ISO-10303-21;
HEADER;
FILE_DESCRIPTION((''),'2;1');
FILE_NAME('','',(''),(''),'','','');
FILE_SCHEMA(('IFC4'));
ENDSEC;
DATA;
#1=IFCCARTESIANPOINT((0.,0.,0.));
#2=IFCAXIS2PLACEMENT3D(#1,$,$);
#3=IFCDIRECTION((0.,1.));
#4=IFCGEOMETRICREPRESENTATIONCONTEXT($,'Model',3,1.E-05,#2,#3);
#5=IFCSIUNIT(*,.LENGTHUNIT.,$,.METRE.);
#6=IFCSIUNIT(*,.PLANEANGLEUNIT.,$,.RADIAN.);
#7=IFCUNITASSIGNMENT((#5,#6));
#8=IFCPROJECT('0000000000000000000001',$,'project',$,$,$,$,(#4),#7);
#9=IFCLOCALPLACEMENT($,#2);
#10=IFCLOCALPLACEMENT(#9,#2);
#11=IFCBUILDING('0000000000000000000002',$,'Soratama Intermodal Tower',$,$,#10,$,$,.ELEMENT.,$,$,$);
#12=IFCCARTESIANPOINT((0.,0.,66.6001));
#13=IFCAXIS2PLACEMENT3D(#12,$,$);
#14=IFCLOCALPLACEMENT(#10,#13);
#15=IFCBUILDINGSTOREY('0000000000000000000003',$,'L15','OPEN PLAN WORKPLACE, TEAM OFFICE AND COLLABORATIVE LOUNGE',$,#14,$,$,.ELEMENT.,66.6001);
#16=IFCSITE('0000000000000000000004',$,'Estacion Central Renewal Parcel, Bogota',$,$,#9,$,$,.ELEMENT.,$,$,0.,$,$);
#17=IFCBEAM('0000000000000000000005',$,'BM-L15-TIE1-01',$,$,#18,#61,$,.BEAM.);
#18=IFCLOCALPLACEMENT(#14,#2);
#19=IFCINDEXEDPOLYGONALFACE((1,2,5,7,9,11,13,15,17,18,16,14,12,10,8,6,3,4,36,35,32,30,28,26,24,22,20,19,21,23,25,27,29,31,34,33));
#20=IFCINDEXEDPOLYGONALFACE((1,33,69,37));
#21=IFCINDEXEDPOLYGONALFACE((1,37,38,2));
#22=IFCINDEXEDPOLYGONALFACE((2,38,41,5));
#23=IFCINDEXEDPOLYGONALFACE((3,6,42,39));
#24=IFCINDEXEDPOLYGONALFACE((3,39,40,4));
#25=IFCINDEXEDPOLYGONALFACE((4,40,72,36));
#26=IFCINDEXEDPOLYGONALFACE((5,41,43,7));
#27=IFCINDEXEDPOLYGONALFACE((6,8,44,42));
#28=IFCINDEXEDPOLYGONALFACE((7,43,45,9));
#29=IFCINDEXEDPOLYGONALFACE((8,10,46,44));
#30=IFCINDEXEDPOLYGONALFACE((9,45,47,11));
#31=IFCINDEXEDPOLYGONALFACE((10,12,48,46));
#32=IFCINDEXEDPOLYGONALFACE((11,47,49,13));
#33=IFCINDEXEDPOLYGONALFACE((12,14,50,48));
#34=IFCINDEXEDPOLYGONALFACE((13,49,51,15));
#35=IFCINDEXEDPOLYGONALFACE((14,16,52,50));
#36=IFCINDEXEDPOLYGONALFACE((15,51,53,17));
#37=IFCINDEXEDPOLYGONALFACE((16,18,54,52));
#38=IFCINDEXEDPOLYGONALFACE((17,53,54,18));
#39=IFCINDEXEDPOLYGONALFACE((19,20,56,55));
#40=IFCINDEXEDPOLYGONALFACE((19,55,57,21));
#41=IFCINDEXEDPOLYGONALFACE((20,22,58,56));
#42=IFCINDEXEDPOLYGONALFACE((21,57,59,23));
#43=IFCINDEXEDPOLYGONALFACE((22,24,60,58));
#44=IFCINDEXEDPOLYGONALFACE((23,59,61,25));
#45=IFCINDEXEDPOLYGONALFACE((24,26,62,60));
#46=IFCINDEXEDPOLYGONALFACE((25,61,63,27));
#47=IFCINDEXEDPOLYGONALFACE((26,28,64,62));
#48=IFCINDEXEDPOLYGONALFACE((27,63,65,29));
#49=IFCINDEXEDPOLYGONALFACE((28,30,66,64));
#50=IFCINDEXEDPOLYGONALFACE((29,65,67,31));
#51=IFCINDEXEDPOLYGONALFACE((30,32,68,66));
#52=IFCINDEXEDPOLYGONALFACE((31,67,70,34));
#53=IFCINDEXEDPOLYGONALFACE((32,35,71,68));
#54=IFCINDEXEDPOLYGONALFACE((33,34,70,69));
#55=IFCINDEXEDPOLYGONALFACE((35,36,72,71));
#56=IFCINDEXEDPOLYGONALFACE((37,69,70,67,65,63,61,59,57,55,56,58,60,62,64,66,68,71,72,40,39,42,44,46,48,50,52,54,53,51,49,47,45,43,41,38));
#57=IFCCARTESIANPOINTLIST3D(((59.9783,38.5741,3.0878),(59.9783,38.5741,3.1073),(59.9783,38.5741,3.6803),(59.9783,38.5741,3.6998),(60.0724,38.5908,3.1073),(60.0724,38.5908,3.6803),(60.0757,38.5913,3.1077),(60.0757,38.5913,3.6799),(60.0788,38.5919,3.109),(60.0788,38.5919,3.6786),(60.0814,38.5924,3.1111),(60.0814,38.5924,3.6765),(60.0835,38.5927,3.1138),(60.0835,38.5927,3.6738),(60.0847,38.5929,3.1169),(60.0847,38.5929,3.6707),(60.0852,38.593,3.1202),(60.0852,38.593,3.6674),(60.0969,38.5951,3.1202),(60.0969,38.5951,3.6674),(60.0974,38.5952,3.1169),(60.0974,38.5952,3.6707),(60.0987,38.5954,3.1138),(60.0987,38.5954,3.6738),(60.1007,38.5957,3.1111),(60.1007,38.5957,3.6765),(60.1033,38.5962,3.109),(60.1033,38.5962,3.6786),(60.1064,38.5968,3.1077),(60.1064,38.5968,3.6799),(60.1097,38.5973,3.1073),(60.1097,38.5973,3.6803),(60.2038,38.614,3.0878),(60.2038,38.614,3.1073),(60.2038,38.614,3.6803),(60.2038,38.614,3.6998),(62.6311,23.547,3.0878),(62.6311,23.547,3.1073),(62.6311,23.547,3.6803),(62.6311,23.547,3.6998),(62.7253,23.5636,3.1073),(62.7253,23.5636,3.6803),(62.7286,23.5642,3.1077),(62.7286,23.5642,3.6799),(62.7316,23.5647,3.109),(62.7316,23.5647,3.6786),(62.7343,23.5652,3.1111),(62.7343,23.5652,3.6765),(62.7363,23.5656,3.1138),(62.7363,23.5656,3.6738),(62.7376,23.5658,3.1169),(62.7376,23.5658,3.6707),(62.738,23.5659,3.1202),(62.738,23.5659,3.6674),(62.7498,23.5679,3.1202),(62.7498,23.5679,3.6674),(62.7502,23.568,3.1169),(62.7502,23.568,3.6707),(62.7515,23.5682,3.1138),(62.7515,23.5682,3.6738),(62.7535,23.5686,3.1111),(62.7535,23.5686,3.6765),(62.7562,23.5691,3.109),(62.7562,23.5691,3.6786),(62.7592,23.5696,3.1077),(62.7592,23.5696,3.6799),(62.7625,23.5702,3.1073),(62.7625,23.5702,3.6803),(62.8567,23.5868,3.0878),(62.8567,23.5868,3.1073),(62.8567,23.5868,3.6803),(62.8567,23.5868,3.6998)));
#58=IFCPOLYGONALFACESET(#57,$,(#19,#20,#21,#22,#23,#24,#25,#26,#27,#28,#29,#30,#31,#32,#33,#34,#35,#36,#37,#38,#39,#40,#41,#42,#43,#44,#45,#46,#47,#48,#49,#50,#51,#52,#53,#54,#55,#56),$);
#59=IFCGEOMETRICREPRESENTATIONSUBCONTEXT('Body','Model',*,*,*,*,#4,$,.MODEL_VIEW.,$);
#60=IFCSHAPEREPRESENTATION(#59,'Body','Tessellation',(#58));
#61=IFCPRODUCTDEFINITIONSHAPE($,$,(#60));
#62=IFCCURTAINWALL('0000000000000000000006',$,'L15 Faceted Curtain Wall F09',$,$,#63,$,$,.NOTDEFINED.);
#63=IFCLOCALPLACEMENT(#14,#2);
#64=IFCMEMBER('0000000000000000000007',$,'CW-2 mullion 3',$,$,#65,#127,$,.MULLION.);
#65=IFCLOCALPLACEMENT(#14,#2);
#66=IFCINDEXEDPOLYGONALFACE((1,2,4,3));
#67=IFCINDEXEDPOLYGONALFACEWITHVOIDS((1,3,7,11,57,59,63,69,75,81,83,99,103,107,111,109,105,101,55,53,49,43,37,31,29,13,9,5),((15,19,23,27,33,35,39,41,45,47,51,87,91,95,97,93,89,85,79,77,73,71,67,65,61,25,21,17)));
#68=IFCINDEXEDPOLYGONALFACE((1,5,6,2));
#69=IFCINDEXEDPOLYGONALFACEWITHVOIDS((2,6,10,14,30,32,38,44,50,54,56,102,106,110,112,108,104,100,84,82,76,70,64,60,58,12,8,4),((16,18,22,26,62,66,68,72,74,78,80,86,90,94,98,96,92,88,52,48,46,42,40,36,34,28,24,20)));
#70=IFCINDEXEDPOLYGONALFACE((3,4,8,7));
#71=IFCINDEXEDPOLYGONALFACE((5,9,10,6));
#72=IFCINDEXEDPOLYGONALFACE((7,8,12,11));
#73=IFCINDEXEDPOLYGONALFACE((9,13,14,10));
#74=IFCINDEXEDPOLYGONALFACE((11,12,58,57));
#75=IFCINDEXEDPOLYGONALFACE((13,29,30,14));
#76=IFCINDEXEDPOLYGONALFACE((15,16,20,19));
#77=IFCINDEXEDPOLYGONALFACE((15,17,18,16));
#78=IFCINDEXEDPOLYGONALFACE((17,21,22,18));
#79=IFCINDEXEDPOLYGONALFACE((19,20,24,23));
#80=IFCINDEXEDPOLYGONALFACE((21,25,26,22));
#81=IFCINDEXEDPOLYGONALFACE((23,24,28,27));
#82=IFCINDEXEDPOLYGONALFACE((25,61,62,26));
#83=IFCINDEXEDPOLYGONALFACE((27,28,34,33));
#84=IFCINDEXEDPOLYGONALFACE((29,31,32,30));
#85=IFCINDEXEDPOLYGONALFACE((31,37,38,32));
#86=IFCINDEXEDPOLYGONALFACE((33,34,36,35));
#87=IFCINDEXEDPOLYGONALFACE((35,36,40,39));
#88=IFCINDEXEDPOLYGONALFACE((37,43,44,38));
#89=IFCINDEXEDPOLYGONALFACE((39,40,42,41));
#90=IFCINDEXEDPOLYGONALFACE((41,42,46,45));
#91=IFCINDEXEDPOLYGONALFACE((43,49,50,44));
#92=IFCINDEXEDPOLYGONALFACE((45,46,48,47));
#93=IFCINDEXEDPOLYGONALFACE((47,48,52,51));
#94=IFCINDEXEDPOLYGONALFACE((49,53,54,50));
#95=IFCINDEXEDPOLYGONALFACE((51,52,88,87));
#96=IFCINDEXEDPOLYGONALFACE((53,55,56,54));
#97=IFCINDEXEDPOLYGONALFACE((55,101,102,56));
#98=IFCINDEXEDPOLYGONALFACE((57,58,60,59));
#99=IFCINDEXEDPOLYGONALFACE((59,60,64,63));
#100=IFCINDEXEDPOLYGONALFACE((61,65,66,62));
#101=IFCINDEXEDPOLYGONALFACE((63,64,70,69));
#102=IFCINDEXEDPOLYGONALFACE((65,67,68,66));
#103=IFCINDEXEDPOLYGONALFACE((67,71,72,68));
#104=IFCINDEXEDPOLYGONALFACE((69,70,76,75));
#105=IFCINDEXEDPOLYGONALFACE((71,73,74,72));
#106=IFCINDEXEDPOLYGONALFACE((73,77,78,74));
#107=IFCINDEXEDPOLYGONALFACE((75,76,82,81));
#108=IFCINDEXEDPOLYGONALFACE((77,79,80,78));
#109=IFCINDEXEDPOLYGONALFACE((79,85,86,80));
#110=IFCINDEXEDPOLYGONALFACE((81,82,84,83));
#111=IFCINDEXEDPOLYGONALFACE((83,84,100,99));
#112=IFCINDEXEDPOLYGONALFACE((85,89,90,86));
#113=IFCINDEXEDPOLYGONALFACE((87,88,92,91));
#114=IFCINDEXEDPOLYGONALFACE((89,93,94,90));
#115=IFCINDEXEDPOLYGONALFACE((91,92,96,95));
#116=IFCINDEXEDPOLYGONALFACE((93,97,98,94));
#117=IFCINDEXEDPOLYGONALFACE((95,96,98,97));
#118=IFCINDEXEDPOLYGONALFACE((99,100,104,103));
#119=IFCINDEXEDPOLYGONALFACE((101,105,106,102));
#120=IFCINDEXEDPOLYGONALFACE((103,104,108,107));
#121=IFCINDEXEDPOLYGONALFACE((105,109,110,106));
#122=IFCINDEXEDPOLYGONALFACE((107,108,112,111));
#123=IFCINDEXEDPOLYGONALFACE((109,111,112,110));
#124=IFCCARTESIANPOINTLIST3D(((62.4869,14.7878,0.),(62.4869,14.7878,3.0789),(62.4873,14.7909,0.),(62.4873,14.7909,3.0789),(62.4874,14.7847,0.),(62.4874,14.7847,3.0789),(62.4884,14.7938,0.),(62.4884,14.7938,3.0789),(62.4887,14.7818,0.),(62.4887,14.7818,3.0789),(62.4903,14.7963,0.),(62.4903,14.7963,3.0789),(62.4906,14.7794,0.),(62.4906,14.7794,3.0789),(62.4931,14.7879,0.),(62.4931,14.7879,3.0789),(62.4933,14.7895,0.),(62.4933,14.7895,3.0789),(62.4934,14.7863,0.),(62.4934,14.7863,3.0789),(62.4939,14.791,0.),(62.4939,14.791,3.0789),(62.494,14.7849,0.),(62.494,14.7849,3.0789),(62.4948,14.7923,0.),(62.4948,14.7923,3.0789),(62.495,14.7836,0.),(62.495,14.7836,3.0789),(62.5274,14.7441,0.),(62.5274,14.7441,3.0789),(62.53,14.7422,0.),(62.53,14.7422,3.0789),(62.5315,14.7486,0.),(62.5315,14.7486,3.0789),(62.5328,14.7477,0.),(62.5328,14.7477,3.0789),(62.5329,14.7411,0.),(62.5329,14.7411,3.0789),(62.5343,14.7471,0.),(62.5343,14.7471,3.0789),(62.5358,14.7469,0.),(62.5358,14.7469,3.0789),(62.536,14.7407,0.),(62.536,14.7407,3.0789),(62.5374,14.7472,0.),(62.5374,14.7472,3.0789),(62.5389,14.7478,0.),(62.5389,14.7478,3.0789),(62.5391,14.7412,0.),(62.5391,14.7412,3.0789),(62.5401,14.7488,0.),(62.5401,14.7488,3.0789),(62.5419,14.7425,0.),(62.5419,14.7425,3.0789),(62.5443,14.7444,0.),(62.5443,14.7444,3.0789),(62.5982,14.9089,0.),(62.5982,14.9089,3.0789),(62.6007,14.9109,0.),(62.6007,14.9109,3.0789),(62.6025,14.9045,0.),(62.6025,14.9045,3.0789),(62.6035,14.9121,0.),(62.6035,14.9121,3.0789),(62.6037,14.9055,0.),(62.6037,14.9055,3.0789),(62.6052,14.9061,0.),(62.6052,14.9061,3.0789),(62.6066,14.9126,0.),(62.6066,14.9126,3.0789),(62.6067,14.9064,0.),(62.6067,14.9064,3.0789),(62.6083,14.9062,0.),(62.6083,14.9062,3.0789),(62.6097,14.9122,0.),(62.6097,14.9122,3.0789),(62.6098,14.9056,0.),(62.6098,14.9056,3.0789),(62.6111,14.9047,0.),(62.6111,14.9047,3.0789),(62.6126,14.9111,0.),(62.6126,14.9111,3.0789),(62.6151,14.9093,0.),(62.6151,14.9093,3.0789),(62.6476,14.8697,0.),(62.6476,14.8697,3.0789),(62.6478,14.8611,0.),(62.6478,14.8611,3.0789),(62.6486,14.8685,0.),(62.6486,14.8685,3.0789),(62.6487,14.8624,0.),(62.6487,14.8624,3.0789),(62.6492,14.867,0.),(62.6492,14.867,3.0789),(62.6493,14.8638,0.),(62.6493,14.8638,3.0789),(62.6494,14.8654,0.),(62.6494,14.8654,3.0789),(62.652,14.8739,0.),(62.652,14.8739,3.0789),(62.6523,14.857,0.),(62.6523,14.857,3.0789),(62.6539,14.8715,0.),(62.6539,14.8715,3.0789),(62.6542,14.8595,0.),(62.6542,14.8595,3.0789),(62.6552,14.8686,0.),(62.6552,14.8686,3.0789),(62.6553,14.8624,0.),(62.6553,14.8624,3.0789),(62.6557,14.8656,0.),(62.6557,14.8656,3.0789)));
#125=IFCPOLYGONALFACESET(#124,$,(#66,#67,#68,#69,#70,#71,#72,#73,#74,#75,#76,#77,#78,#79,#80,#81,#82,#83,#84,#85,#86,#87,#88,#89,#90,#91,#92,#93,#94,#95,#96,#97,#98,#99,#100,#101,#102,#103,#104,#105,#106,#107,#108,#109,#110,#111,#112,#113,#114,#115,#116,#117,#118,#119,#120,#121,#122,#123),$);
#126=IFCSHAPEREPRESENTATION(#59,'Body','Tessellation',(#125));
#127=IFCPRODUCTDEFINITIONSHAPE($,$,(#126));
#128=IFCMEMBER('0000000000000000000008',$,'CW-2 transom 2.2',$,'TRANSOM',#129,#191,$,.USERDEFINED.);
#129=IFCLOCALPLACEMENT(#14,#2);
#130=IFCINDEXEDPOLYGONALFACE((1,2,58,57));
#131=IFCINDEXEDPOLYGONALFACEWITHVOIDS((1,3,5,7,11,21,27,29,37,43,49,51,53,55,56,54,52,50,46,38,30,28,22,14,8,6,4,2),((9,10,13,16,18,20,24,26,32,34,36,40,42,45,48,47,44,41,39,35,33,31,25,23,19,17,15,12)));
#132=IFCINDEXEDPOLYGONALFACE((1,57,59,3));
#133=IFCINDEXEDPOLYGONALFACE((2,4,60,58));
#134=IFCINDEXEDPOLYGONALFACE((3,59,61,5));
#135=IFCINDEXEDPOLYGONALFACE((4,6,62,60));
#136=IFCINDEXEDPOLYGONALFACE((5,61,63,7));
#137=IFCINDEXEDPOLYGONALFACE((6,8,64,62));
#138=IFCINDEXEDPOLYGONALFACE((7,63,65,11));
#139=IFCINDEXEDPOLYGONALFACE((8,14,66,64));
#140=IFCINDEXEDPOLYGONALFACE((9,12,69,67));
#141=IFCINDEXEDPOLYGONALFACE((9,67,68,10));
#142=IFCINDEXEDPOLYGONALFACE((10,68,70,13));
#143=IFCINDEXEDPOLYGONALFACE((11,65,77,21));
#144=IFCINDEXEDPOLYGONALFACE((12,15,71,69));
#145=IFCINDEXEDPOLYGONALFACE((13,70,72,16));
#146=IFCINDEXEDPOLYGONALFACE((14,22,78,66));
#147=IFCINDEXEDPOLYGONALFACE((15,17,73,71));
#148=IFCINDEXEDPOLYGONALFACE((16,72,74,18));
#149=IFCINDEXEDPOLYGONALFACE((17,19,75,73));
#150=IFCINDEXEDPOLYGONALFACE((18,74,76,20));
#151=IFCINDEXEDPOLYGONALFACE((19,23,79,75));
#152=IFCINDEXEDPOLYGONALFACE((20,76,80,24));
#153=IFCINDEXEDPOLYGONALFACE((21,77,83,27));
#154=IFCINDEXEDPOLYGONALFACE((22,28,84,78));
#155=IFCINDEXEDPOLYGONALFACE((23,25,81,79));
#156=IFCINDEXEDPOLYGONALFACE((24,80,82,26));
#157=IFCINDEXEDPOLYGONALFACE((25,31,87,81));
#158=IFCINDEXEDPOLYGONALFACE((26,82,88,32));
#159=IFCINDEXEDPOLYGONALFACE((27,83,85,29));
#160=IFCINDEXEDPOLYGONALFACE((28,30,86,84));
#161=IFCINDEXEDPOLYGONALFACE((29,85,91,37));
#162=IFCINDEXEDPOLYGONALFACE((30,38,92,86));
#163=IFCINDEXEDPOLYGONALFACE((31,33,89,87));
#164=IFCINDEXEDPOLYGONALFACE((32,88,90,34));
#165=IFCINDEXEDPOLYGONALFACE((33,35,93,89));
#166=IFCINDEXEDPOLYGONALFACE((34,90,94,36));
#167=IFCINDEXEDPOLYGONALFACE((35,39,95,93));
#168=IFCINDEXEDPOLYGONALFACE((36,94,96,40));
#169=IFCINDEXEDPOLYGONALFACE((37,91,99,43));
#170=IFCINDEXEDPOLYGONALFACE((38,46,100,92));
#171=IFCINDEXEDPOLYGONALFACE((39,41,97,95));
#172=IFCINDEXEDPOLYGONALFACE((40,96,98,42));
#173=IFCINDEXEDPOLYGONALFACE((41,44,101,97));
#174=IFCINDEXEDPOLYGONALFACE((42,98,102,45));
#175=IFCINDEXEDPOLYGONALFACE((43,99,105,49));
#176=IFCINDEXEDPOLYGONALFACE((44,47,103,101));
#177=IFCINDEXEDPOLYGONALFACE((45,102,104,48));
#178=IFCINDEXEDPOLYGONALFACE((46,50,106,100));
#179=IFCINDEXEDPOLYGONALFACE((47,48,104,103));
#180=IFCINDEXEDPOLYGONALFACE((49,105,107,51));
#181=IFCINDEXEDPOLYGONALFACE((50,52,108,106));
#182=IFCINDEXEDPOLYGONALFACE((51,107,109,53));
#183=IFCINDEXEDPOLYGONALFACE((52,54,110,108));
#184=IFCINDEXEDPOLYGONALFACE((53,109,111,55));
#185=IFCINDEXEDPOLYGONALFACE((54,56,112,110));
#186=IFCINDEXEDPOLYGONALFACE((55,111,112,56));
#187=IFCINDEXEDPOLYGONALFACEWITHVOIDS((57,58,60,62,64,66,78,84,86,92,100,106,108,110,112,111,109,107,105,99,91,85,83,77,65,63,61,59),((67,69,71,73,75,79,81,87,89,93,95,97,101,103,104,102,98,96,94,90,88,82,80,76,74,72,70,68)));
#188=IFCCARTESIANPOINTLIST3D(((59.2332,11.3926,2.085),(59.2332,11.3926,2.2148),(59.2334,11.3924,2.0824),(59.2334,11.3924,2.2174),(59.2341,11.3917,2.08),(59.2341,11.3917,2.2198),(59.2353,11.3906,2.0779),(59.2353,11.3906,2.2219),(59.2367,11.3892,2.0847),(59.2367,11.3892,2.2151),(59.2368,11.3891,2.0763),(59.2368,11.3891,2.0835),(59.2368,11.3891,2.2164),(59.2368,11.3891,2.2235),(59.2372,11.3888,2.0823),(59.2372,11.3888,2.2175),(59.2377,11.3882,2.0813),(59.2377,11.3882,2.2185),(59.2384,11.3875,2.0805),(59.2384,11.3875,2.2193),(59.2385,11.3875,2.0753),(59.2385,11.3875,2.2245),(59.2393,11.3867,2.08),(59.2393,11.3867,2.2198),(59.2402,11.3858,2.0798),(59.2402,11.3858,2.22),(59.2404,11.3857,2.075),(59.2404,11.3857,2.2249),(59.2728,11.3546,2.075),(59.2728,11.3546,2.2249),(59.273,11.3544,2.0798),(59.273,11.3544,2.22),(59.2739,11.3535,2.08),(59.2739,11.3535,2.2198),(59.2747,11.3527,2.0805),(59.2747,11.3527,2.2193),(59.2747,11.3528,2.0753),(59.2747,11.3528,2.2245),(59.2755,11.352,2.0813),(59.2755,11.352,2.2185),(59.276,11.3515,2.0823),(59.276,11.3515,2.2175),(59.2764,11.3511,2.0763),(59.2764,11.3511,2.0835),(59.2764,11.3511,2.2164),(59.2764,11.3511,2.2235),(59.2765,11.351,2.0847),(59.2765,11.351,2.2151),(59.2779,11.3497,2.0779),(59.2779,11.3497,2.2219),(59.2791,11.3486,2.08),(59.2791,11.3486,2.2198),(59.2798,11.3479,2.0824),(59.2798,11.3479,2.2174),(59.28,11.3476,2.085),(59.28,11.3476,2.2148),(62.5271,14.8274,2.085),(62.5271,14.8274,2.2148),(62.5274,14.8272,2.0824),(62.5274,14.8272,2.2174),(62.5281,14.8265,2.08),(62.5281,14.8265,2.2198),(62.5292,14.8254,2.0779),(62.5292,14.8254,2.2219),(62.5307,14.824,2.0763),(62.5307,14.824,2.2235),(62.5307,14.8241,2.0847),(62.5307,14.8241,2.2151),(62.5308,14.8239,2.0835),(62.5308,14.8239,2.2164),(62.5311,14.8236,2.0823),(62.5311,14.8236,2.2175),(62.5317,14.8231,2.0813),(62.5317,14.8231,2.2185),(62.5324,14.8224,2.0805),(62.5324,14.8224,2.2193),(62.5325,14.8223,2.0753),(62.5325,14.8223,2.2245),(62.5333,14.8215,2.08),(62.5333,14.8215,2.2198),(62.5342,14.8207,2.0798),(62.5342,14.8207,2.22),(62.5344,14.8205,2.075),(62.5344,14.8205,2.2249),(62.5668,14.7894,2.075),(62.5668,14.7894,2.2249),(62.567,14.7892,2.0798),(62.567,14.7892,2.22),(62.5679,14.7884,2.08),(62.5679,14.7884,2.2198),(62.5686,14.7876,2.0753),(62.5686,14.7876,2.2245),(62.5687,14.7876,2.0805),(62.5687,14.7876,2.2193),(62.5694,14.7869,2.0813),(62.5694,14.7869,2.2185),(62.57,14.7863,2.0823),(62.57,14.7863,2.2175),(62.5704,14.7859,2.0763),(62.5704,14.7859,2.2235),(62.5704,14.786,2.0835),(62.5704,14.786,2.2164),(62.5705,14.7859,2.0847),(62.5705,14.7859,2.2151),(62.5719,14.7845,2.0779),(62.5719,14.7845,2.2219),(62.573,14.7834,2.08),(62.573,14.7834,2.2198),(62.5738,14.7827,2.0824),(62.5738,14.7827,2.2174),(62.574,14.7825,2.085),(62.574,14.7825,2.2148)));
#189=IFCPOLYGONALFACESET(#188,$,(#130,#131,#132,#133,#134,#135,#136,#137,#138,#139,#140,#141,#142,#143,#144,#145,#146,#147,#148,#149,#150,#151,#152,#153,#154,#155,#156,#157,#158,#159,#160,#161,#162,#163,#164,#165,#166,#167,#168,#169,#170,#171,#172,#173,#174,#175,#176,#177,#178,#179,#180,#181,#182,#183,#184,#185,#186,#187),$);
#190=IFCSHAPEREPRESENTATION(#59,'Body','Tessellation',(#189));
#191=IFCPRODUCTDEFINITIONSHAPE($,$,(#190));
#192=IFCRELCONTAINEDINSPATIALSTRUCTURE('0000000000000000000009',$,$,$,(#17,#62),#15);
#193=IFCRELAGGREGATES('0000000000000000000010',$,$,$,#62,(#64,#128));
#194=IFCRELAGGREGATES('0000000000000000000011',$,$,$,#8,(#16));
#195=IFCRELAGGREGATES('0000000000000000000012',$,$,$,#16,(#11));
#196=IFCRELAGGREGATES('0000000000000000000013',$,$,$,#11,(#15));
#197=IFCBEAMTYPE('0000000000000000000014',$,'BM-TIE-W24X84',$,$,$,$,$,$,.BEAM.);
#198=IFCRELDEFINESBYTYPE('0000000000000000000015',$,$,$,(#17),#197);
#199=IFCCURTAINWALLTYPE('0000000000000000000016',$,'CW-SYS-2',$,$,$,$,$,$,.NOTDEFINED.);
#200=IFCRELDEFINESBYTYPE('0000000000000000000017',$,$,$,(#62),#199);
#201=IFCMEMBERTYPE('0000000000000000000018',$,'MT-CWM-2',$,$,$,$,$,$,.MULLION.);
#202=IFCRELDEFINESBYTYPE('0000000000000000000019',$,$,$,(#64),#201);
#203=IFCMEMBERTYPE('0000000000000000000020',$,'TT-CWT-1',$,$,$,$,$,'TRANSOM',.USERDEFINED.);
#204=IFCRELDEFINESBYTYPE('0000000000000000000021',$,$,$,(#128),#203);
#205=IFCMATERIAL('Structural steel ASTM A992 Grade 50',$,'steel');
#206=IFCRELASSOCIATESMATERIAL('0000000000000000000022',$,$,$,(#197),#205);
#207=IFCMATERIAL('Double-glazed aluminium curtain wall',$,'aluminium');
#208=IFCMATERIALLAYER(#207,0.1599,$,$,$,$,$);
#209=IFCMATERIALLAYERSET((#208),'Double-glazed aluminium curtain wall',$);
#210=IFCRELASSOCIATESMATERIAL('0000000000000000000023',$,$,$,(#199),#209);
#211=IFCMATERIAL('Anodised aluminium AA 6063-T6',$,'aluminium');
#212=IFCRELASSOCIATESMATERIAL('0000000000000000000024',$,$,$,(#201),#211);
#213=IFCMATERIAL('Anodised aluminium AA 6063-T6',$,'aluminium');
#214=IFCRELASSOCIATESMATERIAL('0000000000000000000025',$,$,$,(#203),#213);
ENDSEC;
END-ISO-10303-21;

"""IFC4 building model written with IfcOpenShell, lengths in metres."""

from ifc_helpers import new_model, si_unit, direction, frame, origin, origin_2d, place, context, subcontext, project, spatial, hollow_rectangle, i_section, extrude, material, layer, layer_set, material_profile, profile_set, type_object, element, aggregate, save


model = new_model("IFC4")

# Units and contexts
model_context = context("Model", 3, precision=1e-05, world=origin(), true_north=direction((0.0, 1.0)))
body_context = subcontext(model_context, "Body", "Model", "MODEL_VIEW")
ifc_project = project(units=[si_unit("LENGTHUNIT", "METRE"), si_unit("PLANEANGLEUNIT", "RADIAN")], contexts=[model_context])

# Site, building, storey
site_placement = place(None, origin())
site = spatial("IfcSite", under=ifc_project, at=site_placement, Name="Estacion Central Renewal Parcel, Bogota", CompositionType="ELEMENT", RefElevation=0.0)
building_placement = place(site_placement, origin())
building = spatial("IfcBuilding", under=site, at=building_placement, Name="Soratama Intermodal Tower", CompositionType="ELEMENT")
storey_placement = place(building_placement, frame((0.0, 0.0, 66.6001)))
storey = spatial("IfcBuildingStorey", under=building, at=storey_placement, Name="L15", Description="OPEN PLAN WORKPLACE, TEAM OFFICE AND COLLABORATIVE LOUNGE", CompositionType="ELEMENT", Elevation=66.6001)

# Beam
ifc_material_1 = material(Name="Structural steel ASTM A992 Grade 50", Category="steel")
ifc_material_profile_1 = material_profile(ifc_material_1, i_section(OverallWidth=0.229, OverallDepth=0.6121, WebThickness=0.012, FlangeThickness=0.0195, FilletRadius=0.0129, at=origin_2d()), Name="W24X84")
ifc_profile_set_1 = profile_set([ifc_material_profile_1], Name="Structural steel ASTM A992 Grade 50")
beam_type_1 = type_object("IfcBeamType", Name="BM-TIE-W24X84", PredefinedType="BEAM", material=ifc_profile_set_1)
beam_1_placement = place(storey_placement, frame((62.7439, 23.5669, 3.3938), z_axis=(-0.173848, 0.984772, 0.0), x_axis=(-0.984772, -0.173848, 0.0)))
element("IfcBeam", 1, at=beam_1_placement, inside=storey, type_object=beam_type_1, Name="BM-L15-TIE1-01", PredefinedType="BEAM", context=body_context, shape_type="SweptSolid", body=[
    extrude(i_section(OverallWidth=0.229, OverallDepth=0.6121, WebThickness=0.012, FlangeThickness=0.0195, FilletRadius=0.0129, at=origin_2d()), origin(), (0.0, 0.0, 1.0), 15.2595),
])

# Curtain wall, members
ifc_material_2 = material(Name="Double-glazed aluminium curtain wall", Category="aluminium")
ifc_layer_1 = layer(ifc_material_2, 0.1599)
ifc_layer_set_1 = layer_set([ifc_layer_1], Name="Double-glazed aluminium curtain wall")
curtain_wall_type = type_object("IfcCurtainWallType", Name="CW-SYS-2", PredefinedType="NOTDEFINED", material=ifc_layer_set_1)
curtain_wall_placement = place(storey_placement, origin())
curtain_wall = element("IfcCurtainWall", 2, at=curtain_wall_placement, inside=storey, type_object=curtain_wall_type, Name="L15 Faceted Curtain Wall F09", PredefinedType="NOTDEFINED")
ifc_material_3 = material(Name="Anodised aluminium AA 6063-T6", Category="aluminium")
ifc_material_profile_2 = material_profile(ifc_material_3, hollow_rectangle(XDim=0.075, YDim=0.1799, WallThickness=0.0061, InnerFilletRadius=0.0061, OuterFilletRadius=0.012, at=origin_2d()), Name="CWM180X75X6")
ifc_profile_set_2 = profile_set([ifc_material_profile_2], Name="Anodised aluminium AA 6063-T6")
member_type_1 = type_object("IfcMemberType", Name="MT-CWM-2", PredefinedType="MULLION", material=ifc_profile_set_2)
member_1_placement = place(storey_placement, frame((62.5713, 14.8267, 0.0), z_axis=(0.0, 0.0, 1.0), x_axis=(-0.721759, 0.692145, 0.0)))
member_1 = element("IfcMember", 3, at=member_1_placement, type_object=member_type_1, Name="CW-2 mullion 3", PredefinedType="MULLION", context=body_context, shape_type="SweptSolid", body=[
    extrude(hollow_rectangle(XDim=0.075, YDim=0.1799, WallThickness=0.0061, InnerFilletRadius=0.0061, OuterFilletRadius=0.012, at=origin_2d()), origin(), (0.0, 0.0, 1.0), 3.0789),
])
ifc_material_4 = material(Name="Anodised aluminium AA 6063-T6", Category="aluminium")
ifc_material_profile_3 = material_profile(ifc_material_4, hollow_rectangle(XDim=0.0649, YDim=0.1499, WallThickness=0.0049, InnerFilletRadius=0.0049, OuterFilletRadius=0.01, at=origin_2d()), Name="CWT150X65X5")
ifc_profile_set_3 = profile_set([ifc_material_profile_3], Name="Anodised aluminium AA 6063-T6")
member_type_2 = type_object("IfcMemberType", Name="TT-CWT-1", ElementType="TRANSOM", PredefinedType="USERDEFINED", material=ifc_profile_set_3)
member_2_placement = place(storey_placement, frame((59.2566, 11.3701, 2.1499), z_axis=(0.692152, 0.721752, 0.0), x_axis=(-0.721752, 0.692152, 0.0)))
member_2 = element("IfcMember", 4, at=member_2_placement, type_object=member_type_2, Name="CW-2 transom 2.2", ObjectType="TRANSOM", PredefinedType="USERDEFINED", context=body_context, shape_type="SweptSolid", body=[
    extrude(hollow_rectangle(XDim=0.0649, YDim=0.1499, WallThickness=0.0049, InnerFilletRadius=0.0049, OuterFilletRadius=0.01, at=origin_2d()), origin(), (0.0, 0.0, 1.0), 4.759),
])
aggregate(curtain_wall, [member_1, member_2])

save(model, "model.ifc")
